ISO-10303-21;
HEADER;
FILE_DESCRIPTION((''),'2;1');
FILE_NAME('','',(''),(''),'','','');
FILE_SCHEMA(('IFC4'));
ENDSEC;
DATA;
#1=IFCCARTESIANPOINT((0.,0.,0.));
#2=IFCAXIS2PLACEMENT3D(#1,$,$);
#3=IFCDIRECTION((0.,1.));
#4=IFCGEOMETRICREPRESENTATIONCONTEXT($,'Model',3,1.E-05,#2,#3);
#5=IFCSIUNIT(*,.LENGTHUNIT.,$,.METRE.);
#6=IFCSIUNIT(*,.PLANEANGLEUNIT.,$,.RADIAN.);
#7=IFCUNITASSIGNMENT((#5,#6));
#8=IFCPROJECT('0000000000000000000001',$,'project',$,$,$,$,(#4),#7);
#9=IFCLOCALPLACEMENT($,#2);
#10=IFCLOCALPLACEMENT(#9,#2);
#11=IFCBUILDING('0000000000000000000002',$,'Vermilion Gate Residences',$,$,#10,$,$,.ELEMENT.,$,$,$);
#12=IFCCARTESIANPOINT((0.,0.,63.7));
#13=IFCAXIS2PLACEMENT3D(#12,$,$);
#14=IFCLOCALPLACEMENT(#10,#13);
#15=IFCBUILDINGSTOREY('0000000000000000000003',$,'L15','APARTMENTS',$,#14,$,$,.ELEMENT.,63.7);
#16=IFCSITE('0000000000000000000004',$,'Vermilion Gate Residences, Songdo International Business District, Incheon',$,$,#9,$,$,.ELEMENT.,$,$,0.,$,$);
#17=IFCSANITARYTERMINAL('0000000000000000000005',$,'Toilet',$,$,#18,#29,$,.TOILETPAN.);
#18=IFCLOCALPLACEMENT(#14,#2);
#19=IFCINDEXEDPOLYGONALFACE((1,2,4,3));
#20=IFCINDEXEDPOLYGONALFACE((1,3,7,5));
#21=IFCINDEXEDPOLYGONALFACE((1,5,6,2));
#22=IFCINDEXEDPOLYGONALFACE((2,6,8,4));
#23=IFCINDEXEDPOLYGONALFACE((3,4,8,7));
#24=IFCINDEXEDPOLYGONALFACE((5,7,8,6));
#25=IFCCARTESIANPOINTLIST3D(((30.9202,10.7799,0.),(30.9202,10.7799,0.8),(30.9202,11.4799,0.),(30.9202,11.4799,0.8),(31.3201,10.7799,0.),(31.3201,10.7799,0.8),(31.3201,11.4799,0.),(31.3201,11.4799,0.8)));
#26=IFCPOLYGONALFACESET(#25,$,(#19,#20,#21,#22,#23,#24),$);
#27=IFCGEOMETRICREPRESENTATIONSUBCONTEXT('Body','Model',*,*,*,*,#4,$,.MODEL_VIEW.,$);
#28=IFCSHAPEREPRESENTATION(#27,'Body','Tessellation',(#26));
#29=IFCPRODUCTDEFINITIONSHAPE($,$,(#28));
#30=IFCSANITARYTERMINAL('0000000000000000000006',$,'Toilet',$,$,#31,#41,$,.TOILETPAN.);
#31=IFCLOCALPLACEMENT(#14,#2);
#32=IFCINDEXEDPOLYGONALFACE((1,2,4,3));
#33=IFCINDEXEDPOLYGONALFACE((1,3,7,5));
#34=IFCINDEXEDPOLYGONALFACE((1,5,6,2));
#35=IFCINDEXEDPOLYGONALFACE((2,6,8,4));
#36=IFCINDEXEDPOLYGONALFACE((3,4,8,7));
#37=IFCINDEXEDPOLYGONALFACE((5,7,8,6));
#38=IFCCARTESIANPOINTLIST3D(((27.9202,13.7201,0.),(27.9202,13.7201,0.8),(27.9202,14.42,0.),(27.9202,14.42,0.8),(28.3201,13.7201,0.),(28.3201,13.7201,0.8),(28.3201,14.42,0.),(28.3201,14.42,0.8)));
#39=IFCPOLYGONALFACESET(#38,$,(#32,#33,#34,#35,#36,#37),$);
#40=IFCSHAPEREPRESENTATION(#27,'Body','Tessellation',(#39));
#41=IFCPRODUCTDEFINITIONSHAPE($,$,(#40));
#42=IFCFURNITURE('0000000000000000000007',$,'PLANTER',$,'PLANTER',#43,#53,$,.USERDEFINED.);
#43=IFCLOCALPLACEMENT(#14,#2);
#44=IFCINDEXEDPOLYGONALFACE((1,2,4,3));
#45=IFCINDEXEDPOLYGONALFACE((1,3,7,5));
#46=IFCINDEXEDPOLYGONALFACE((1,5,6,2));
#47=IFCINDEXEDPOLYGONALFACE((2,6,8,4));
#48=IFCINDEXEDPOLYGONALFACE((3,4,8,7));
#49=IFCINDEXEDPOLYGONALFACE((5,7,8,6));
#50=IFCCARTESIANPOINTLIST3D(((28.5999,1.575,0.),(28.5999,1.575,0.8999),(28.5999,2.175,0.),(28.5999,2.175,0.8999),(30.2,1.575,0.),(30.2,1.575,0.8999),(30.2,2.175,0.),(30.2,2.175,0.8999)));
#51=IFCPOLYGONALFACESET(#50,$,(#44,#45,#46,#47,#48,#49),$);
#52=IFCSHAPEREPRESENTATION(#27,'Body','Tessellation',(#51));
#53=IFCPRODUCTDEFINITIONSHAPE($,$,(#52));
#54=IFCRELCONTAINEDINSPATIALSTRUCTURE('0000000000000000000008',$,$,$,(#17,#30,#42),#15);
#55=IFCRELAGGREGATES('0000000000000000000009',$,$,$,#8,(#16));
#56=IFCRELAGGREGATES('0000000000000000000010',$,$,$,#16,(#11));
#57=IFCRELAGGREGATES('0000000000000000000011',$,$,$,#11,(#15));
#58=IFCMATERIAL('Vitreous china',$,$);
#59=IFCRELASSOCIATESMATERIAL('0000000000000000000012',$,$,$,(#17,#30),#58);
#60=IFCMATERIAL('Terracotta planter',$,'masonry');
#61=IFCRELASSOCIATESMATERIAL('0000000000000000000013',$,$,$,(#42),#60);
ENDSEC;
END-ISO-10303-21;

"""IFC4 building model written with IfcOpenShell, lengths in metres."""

from ifc_helpers import new_model, si_unit, direction, frame, origin, origin_2d, place, context, subcontext, project, spatial, rectangle, extrude, material, element, save


model = new_model("IFC4")

# Units and contexts
model_context = context("Model", 3, precision=1e-05, world=origin(), true_north=direction((0.0, 1.0)))
body_context = subcontext(model_context, "Body", "Model", "MODEL_VIEW")
ifc_project = project(units=[si_unit("LENGTHUNIT", "METRE"), si_unit("PLANEANGLEUNIT", "RADIAN")], contexts=[model_context])

# Site, building, storey
site_placement = place(None, origin())
site = spatial("IfcSite", under=ifc_project, at=site_placement, Name="Vermilion Gate Residences, Songdo International Business District, Incheon", CompositionType="ELEMENT", RefElevation=0.0)
building_placement = place(site_placement, origin())
building = spatial("IfcBuilding", under=site, at=building_placement, Name="Vermilion Gate Residences", CompositionType="ELEMENT")
storey_placement = place(building_placement, frame((0.0, 0.0, 63.7)))
storey = spatial("IfcBuildingStorey", under=building, at=storey_placement, Name="L15", Description="APARTMENTS", CompositionType="ELEMENT", Elevation=63.7)

# Sanitary terminals
ifc_material_1 = material(Name="Vitreous china")
for number, where, z_axis, x_axis, name in (
    (1, (31.1201, 11.1299, 0.0), (0.0, 0.0, 1.0), (1.0, 0.0, 0.0), "Toilet"),
    (2, (28.1201, 14.0701, 0.0), (0.0, 0.0, 1.0), (1.0, 0.0, 0.0), "Toilet"),
):
    element("IfcSanitaryTerminal", number, at=place(storey_placement, frame(where, z_axis=z_axis, x_axis=x_axis)), inside=storey, material=ifc_material_1, Name=name, PredefinedType="TOILETPAN", context=body_context, shape_type="SweptSolid", body=[
        extrude(rectangle(XDim=0.3999, YDim=0.7, at=origin_2d()), origin(), (0.0, 0.0, 1.0), 0.8),
    ])

# Furniture
ifc_material_2 = material(Name="Terracotta planter", Category="masonry")
furniture_placement = place(storey_placement, frame((29.3999, 1.875, 0.0), z_axis=(0.0, 0.0, 1.0), x_axis=(1.0, 0.0, 0.0)))
element("IfcFurniture", 3, at=furniture_placement, inside=storey, material=ifc_material_2, Name="PLANTER", ObjectType="PLANTER", PredefinedType="USERDEFINED", context=body_context, shape_type="SweptSolid", body=[
    extrude(rectangle(XDim=1.6001, YDim=0.6001, at=origin_2d()), origin(), (0.0, 0.0, 1.0), 0.8999),
])

save(model, "model.ifc")
